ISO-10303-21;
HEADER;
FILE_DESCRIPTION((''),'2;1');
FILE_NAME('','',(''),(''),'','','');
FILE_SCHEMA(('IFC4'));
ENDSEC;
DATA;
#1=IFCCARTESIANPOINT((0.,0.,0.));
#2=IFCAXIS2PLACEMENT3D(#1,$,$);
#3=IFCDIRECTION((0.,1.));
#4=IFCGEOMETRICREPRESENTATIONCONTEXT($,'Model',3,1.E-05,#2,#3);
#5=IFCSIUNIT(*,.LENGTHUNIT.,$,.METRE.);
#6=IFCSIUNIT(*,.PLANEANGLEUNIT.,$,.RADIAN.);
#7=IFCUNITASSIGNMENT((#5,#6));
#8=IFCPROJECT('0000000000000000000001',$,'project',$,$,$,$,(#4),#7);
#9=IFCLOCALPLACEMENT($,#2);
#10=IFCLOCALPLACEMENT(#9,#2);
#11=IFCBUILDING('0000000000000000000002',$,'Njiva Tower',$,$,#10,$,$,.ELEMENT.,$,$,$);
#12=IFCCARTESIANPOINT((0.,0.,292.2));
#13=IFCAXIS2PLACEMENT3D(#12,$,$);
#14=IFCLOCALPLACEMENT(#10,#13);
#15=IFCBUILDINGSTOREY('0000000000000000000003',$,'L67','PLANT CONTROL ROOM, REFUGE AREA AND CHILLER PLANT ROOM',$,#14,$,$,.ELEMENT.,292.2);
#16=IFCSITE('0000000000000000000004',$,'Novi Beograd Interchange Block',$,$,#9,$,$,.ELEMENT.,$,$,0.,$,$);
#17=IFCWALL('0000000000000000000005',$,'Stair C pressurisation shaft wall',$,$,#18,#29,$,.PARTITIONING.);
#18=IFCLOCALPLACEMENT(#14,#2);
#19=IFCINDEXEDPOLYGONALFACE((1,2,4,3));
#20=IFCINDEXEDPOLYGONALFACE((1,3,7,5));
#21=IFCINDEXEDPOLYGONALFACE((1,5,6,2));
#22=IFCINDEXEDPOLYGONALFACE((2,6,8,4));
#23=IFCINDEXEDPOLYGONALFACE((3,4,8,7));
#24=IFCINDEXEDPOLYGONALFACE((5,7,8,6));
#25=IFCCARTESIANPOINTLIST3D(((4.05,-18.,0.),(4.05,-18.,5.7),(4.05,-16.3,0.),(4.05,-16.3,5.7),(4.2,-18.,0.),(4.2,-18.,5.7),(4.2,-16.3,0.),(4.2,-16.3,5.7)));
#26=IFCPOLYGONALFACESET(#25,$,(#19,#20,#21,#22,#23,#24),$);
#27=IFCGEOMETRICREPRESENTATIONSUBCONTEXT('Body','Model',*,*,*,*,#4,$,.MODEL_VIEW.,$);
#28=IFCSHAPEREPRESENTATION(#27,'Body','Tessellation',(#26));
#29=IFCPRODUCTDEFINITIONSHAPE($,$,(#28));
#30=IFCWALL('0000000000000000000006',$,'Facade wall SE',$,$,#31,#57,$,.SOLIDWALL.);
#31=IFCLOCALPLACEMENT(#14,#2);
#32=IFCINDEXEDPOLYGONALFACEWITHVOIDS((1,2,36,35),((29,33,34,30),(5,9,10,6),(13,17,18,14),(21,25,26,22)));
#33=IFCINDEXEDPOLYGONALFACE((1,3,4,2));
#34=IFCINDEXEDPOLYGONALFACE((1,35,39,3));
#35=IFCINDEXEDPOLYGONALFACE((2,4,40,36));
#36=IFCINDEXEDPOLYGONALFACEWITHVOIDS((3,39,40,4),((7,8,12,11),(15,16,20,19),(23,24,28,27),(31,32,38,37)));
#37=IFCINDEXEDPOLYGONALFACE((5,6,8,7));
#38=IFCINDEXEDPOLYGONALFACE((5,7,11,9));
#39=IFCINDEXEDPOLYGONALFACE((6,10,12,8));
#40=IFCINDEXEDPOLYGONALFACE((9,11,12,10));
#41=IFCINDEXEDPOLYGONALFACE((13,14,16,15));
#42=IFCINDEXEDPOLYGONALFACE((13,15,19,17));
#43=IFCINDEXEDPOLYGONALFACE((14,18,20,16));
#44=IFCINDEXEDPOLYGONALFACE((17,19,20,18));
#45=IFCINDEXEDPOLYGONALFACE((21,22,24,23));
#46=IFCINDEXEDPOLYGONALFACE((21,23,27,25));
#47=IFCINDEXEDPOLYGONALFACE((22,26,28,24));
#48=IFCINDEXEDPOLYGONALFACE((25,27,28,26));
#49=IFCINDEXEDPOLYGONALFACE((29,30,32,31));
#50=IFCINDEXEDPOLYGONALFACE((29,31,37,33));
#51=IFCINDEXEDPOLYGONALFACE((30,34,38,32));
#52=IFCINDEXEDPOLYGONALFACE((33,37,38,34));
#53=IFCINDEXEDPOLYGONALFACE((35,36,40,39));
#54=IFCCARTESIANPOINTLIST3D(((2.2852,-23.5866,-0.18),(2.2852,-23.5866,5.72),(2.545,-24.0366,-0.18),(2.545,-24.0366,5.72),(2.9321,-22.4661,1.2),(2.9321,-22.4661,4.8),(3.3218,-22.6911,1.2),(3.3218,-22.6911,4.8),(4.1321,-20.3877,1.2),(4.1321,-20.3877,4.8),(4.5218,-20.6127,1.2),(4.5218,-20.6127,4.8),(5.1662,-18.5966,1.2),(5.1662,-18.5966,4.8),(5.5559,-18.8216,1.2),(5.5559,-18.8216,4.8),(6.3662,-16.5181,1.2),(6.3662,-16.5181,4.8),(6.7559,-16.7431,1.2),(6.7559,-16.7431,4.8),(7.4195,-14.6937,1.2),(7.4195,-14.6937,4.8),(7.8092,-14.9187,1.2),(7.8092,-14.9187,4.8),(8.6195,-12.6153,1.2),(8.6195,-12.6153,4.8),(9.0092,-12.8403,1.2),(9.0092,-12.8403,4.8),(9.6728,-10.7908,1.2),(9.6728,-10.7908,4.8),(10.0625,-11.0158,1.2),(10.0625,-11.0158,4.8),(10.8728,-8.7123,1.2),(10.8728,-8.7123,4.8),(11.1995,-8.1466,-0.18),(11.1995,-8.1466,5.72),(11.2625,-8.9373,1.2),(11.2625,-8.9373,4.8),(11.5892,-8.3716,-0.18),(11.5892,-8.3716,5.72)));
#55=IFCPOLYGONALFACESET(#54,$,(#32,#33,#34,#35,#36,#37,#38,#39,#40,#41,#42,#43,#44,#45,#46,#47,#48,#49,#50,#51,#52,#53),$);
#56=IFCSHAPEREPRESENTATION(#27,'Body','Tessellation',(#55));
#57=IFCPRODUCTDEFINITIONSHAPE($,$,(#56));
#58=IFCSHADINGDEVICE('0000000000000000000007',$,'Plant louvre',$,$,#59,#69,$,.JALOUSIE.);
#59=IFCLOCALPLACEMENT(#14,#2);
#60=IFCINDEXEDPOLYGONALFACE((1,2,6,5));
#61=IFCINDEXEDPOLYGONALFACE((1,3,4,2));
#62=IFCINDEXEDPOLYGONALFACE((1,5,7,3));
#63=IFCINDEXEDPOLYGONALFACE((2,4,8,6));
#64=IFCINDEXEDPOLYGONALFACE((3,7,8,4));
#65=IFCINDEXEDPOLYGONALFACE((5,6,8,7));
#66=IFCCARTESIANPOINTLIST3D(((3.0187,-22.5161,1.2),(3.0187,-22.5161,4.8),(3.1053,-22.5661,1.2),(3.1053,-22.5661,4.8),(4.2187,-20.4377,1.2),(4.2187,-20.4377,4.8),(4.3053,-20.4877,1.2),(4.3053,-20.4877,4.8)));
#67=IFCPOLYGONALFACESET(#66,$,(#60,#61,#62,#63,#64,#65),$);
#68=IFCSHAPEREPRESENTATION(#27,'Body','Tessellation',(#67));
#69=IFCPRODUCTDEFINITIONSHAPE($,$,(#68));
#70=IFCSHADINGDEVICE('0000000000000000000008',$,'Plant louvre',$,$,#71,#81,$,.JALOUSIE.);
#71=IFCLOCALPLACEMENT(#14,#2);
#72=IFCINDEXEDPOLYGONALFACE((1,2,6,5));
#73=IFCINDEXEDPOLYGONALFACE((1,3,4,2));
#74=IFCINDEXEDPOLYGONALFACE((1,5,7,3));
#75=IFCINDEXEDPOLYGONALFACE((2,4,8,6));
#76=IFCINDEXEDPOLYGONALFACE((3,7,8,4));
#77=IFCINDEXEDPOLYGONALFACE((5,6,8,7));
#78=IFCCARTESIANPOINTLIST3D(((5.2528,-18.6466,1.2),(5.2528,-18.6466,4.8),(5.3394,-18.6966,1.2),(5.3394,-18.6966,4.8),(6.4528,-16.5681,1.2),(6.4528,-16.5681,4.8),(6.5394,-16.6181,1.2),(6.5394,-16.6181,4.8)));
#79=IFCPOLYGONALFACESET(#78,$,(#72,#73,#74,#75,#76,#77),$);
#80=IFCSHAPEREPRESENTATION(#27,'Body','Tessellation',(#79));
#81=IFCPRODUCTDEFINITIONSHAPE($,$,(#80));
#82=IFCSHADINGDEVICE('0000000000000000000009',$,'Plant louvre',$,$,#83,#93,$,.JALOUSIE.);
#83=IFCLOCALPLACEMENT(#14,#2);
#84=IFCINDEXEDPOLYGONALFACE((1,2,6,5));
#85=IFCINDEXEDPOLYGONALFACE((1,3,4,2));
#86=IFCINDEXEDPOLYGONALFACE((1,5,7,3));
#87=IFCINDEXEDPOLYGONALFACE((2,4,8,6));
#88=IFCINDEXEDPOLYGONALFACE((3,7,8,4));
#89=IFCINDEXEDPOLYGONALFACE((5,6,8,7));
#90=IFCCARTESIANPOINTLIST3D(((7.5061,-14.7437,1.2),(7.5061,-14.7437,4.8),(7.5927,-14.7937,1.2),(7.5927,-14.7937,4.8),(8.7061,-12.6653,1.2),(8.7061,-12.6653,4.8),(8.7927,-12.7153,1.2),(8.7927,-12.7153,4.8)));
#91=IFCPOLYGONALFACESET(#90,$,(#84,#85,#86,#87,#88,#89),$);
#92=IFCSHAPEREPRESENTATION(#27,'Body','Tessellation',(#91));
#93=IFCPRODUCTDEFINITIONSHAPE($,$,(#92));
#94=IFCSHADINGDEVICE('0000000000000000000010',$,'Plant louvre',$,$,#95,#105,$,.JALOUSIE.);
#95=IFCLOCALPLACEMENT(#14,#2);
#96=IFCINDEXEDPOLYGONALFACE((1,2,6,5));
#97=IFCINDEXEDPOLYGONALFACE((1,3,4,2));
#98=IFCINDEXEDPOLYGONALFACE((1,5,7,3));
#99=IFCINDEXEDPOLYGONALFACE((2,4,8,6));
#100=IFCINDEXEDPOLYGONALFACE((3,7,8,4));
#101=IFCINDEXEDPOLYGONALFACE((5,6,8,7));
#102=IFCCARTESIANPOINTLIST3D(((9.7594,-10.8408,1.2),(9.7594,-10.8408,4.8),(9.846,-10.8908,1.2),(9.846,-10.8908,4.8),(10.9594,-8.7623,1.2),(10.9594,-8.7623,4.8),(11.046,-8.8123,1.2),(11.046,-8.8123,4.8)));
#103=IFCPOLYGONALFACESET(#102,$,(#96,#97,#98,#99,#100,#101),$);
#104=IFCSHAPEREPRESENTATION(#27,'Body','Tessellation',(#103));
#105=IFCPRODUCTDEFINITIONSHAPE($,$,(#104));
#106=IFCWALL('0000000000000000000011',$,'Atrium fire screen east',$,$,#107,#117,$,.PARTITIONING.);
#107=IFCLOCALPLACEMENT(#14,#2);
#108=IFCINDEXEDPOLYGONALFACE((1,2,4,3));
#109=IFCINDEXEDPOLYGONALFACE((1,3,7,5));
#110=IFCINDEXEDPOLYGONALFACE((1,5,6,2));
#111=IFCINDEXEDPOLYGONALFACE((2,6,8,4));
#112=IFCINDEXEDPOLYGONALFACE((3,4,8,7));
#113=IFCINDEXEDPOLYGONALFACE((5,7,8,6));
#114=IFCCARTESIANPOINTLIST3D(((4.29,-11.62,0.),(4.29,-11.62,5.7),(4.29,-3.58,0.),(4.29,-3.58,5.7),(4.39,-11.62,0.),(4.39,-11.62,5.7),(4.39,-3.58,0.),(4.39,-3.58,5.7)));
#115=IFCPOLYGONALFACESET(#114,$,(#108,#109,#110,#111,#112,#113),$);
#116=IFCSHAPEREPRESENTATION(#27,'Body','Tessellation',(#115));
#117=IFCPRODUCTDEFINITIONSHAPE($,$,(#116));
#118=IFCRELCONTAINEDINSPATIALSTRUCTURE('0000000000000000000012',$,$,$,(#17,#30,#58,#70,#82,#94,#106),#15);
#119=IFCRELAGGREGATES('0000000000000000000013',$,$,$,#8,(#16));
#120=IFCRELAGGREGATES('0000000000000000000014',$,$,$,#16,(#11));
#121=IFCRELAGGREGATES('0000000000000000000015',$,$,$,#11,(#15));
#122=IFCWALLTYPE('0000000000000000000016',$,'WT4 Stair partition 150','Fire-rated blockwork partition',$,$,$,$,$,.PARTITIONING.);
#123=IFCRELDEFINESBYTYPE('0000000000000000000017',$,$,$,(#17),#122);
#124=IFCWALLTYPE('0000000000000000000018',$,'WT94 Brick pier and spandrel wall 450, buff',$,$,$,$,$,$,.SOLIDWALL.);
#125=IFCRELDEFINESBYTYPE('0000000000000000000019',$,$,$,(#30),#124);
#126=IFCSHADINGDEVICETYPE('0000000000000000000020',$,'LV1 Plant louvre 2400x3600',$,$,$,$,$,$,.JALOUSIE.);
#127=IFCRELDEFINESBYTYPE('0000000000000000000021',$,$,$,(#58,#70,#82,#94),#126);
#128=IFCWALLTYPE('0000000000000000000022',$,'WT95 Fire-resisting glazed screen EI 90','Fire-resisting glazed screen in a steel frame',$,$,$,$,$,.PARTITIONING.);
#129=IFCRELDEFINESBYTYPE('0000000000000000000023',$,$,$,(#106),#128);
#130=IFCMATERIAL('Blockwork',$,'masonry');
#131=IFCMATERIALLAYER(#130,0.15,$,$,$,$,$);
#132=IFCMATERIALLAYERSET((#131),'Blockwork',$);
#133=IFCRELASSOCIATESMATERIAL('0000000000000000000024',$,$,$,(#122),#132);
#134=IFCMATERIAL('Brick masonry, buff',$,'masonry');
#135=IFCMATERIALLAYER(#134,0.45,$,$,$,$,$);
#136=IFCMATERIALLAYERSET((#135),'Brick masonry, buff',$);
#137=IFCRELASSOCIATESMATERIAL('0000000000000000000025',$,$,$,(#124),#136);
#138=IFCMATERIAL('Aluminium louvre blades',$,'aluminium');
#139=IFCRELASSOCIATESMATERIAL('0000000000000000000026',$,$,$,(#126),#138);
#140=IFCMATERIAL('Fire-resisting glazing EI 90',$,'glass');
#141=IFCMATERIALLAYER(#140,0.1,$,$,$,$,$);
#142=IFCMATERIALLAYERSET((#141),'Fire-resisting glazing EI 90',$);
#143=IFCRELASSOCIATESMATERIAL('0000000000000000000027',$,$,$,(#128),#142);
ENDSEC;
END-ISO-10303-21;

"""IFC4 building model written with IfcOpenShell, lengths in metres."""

from ifc_helpers import new_model, si_unit, direction, frame, frame_2d, origin, place, context, subcontext, project, spatial, polyline, rectangle, outline, extrude, material, layer, layer_set, type_object, element, fill, save


model = new_model("IFC4")

# Units and contexts
model_context = context("Model", 3, precision=1e-05, world=origin(), true_north=direction((0.0, 1.0)))
body_context = subcontext(model_context, "Body", "Model", "MODEL_VIEW")
ifc_project = project(units=[si_unit("LENGTHUNIT", "METRE"), si_unit("PLANEANGLEUNIT", "RADIAN")], contexts=[model_context])

# Site, building, storey
site_placement = place(None, origin())
site = spatial("IfcSite", under=ifc_project, at=site_placement, Name="Novi Beograd Interchange Block", CompositionType="ELEMENT", RefElevation=0.0)
building_placement = place(site_placement, origin())
building = spatial("IfcBuilding", under=site, at=building_placement, Name="Njiva Tower", CompositionType="ELEMENT")
storey_placement = place(building_placement, frame((0.0, 0.0, 292.2)))
storey = spatial("IfcBuildingStorey", under=building, at=storey_placement, Name="L67", Description="PLANT CONTROL ROOM, REFUGE AREA AND CHILLER PLANT ROOM", CompositionType="ELEMENT", Elevation=292.2)

# Shared definitions
ifc_material_1 = material(Name="Blockwork", Category="masonry")

# Wall
ifc_layer_1 = layer(ifc_material_1, 0.15)
ifc_layer_set_1 = layer_set([ifc_layer_1], Name="Blockwork")
wall_type_1 = type_object("IfcWallType", Name="WT4 Stair partition 150", Description="Fire-rated blockwork partition", PredefinedType="PARTITIONING", material=ifc_layer_set_1)
wall_1_placement = place(storey_placement, frame((4.125, -18.0, 0.0), z_axis=(0.0, 0.0, 1.0), x_axis=(0.0, 1.0, 0.0)))
element("IfcWall", 1, at=wall_1_placement, inside=storey, type_object=wall_type_1, Name="Stair C pressurisation shaft wall", PredefinedType="PARTITIONING", context=body_context, shape_type="SweptSolid", body=[
    extrude(rectangle(XDim=1.7, YDim=0.15, at=frame_2d((0.85, 0.0))), origin(), (0.0, 0.0, 1.0), 5.7),
])

# Wall, openings, shading devices
ifc_material_2 = material(Name="Brick masonry, buff", Category="masonry")
ifc_layer_2 = layer(ifc_material_2, 0.45)
ifc_layer_set_2 = layer_set([ifc_layer_2], Name="Brick masonry, buff")
wall_type_2 = type_object("IfcWallType", Name="WT94 Brick pier and spandrel wall 450, buff", PredefinedType="SOLIDWALL", material=ifc_layer_set_2)
wall_2_placement = place(storey_placement, frame((2.4151, -23.8116, -0.18), z_axis=(0.0, 0.0, 1.0), x_axis=(0.499998, 0.866026, 0.0)))
wall_2 = element("IfcWall", 2, at=wall_2_placement, inside=storey, type_object=wall_type_2, Name="Facade wall SE", PredefinedType="SOLIDWALL", context=body_context, shape_type="SweptSolid", body=[
    extrude(outline(polyline([(-0.1299, -0.225), (17.9585, -0.225), (17.9585, 0.225), (0.1299, 0.225), (-0.1299, -0.225)])), origin(), (0.0, 0.0, 1.0), 5.9),
])
opening_1_placement = place(wall_2_placement, frame((1.4237, 0.0, 1.38)))
opening_1 = element("IfcOpeningElement", 3, at=opening_1_placement, cuts=wall_2, PredefinedType="OPENING", context=body_context, shape_type="SweptSolid", body=[
    extrude(rectangle(XDim=2.4, YDim=3.6, at=frame_2d((1.2, 1.8))), frame((0.0, 0.235, 0.0), z_axis=(0.0, -1.0, 0.0), x_axis=(1.0, 0.0, 0.0)), (0.0, 0.0, 1.0), 0.47),
])
opening_2_placement = place(wall_2_placement, frame((5.8919, 0.0, 1.38)))
opening_2 = element("IfcOpeningElement", 4, at=opening_2_placement, cuts=wall_2, PredefinedType="OPENING", context=body_context, shape_type="SweptSolid", body=[
    extrude(rectangle(XDim=2.4, YDim=3.6, at=frame_2d((1.2, 1.8))), frame((0.0, 0.235, 0.0), z_axis=(0.0, -1.0, 0.0), x_axis=(1.0, 0.0, 0.0)), (0.0, 0.0, 1.0), 0.47),
])
opening_3_placement = place(wall_2_placement, frame((10.3985, 0.0, 1.38)))
opening_3 = element("IfcOpeningElement", 5, at=opening_3_placement, cuts=wall_2, PredefinedType="OPENING", context=body_context, shape_type="SweptSolid", body=[
    extrude(rectangle(XDim=2.4, YDim=3.6, at=frame_2d((1.2, 1.8))), frame((0.0, 0.235, 0.0), z_axis=(0.0, -1.0, 0.0), x_axis=(1.0, 0.0, 0.0)), (0.0, 0.0, 1.0), 0.47),
])
opening_4_placement = place(wall_2_placement, frame((14.9052, 0.0, 1.38)))
opening_4 = element("IfcOpeningElement", 6, at=opening_4_placement, cuts=wall_2, PredefinedType="OPENING", context=body_context, shape_type="SweptSolid", body=[
    extrude(rectangle(XDim=2.4, YDim=3.6, at=frame_2d((1.2, 1.8))), frame((0.0, 0.235, 0.0), z_axis=(0.0, -1.0, 0.0), x_axis=(1.0, 0.0, 0.0)), (0.0, 0.0, 1.0), 0.47),
])
ifc_material_3 = material(Name="Aluminium louvre blades", Category="aluminium")
shading_device_type = type_object("IfcShadingDeviceType", Name="LV1 Plant louvre 2400x3600", PredefinedType="JALOUSIE", material=ifc_material_3)
shading_device_1_placement = place(opening_1_placement, origin())
shading_device_1 = element("IfcShadingDevice", 7, at=shading_device_1_placement, inside=storey, type_object=shading_device_type, Name="Plant louvre", PredefinedType="JALOUSIE", context=body_context, shape_type="SweptSolid", body=[
    extrude(rectangle(XDim=2.4, YDim=3.6, at=frame_2d((1.2, 1.8))), frame((0.0, 0.125, 0.0), z_axis=(0.0, -1.0, 0.0), x_axis=(1.0, 0.0, 0.0)), (0.0, 0.0, 1.0), 0.1),
])
fill(opening_1, shading_device_1)
shading_device_2_placement = place(opening_2_placement, origin())
shading_device_2 = element("IfcShadingDevice", 8, at=shading_device_2_placement, inside=storey, type_object=shading_device_type, Name="Plant louvre", PredefinedType="JALOUSIE", context=body_context, shape_type="SweptSolid", body=[
    extrude(rectangle(XDim=2.4, YDim=3.6, at=frame_2d((1.2, 1.8))), frame((0.0, 0.125, 0.0), z_axis=(0.0, -1.0, 0.0), x_axis=(1.0, 0.0, 0.0)), (0.0, 0.0, 1.0), 0.1),
])
fill(opening_2, shading_device_2)
shading_device_3_placement = place(opening_3_placement, origin())
shading_device_3 = element("IfcShadingDevice", 9, at=shading_device_3_placement, inside=storey, type_object=shading_device_type, Name="Plant louvre", PredefinedType="JALOUSIE", context=body_context, shape_type="SweptSolid", body=[
    extrude(rectangle(XDim=2.4, YDim=3.6, at=frame_2d((1.2, 1.8))), frame((0.0, 0.125, 0.0), z_axis=(0.0, -1.0, 0.0), x_axis=(1.0, 0.0, 0.0)), (0.0, 0.0, 1.0), 0.1),
])
fill(opening_3, shading_device_3)
shading_device_4_placement = place(opening_4_placement, origin())
shading_device_4 = element("IfcShadingDevice", 10, at=shading_device_4_placement, inside=storey, type_object=shading_device_type, Name="Plant louvre", PredefinedType="JALOUSIE", context=body_context, shape_type="SweptSolid", body=[
    extrude(rectangle(XDim=2.4, YDim=3.6, at=frame_2d((1.2, 1.8))), frame((0.0, 0.125, 0.0), z_axis=(0.0, -1.0, 0.0), x_axis=(1.0, 0.0, 0.0)), (0.0, 0.0, 1.0), 0.1),
])
fill(opening_4, shading_device_4)

# Wall
ifc_material_4 = material(Name="Fire-resisting glazing EI 90", Category="glass")
ifc_layer_3 = layer(ifc_material_4, 0.1)
ifc_layer_set_3 = layer_set([ifc_layer_3], Name="Fire-resisting glazing EI 90")
wall_type_3 = type_object("IfcWallType", Name="WT95 Fire-resisting glazed screen EI 90", Description="Fire-resisting glazed screen in a steel frame", PredefinedType="PARTITIONING", material=ifc_layer_set_3)
wall_3_placement = place(storey_placement, frame((4.34, -11.62, 0.0), z_axis=(0.0, 0.0, 1.0), x_axis=(0.0, 1.0, 0.0)))
element("IfcWall", 11, at=wall_3_placement, inside=storey, type_object=wall_type_3, Name="Atrium fire screen east", PredefinedType="PARTITIONING", context=body_context, shape_type="SweptSolid", body=[
    extrude(rectangle(XDim=8.04, YDim=0.1, at=frame_2d((4.02, 0.0))), origin(), (0.0, 0.0, 1.0), 5.7),
])

save(model, "model.ifc")
